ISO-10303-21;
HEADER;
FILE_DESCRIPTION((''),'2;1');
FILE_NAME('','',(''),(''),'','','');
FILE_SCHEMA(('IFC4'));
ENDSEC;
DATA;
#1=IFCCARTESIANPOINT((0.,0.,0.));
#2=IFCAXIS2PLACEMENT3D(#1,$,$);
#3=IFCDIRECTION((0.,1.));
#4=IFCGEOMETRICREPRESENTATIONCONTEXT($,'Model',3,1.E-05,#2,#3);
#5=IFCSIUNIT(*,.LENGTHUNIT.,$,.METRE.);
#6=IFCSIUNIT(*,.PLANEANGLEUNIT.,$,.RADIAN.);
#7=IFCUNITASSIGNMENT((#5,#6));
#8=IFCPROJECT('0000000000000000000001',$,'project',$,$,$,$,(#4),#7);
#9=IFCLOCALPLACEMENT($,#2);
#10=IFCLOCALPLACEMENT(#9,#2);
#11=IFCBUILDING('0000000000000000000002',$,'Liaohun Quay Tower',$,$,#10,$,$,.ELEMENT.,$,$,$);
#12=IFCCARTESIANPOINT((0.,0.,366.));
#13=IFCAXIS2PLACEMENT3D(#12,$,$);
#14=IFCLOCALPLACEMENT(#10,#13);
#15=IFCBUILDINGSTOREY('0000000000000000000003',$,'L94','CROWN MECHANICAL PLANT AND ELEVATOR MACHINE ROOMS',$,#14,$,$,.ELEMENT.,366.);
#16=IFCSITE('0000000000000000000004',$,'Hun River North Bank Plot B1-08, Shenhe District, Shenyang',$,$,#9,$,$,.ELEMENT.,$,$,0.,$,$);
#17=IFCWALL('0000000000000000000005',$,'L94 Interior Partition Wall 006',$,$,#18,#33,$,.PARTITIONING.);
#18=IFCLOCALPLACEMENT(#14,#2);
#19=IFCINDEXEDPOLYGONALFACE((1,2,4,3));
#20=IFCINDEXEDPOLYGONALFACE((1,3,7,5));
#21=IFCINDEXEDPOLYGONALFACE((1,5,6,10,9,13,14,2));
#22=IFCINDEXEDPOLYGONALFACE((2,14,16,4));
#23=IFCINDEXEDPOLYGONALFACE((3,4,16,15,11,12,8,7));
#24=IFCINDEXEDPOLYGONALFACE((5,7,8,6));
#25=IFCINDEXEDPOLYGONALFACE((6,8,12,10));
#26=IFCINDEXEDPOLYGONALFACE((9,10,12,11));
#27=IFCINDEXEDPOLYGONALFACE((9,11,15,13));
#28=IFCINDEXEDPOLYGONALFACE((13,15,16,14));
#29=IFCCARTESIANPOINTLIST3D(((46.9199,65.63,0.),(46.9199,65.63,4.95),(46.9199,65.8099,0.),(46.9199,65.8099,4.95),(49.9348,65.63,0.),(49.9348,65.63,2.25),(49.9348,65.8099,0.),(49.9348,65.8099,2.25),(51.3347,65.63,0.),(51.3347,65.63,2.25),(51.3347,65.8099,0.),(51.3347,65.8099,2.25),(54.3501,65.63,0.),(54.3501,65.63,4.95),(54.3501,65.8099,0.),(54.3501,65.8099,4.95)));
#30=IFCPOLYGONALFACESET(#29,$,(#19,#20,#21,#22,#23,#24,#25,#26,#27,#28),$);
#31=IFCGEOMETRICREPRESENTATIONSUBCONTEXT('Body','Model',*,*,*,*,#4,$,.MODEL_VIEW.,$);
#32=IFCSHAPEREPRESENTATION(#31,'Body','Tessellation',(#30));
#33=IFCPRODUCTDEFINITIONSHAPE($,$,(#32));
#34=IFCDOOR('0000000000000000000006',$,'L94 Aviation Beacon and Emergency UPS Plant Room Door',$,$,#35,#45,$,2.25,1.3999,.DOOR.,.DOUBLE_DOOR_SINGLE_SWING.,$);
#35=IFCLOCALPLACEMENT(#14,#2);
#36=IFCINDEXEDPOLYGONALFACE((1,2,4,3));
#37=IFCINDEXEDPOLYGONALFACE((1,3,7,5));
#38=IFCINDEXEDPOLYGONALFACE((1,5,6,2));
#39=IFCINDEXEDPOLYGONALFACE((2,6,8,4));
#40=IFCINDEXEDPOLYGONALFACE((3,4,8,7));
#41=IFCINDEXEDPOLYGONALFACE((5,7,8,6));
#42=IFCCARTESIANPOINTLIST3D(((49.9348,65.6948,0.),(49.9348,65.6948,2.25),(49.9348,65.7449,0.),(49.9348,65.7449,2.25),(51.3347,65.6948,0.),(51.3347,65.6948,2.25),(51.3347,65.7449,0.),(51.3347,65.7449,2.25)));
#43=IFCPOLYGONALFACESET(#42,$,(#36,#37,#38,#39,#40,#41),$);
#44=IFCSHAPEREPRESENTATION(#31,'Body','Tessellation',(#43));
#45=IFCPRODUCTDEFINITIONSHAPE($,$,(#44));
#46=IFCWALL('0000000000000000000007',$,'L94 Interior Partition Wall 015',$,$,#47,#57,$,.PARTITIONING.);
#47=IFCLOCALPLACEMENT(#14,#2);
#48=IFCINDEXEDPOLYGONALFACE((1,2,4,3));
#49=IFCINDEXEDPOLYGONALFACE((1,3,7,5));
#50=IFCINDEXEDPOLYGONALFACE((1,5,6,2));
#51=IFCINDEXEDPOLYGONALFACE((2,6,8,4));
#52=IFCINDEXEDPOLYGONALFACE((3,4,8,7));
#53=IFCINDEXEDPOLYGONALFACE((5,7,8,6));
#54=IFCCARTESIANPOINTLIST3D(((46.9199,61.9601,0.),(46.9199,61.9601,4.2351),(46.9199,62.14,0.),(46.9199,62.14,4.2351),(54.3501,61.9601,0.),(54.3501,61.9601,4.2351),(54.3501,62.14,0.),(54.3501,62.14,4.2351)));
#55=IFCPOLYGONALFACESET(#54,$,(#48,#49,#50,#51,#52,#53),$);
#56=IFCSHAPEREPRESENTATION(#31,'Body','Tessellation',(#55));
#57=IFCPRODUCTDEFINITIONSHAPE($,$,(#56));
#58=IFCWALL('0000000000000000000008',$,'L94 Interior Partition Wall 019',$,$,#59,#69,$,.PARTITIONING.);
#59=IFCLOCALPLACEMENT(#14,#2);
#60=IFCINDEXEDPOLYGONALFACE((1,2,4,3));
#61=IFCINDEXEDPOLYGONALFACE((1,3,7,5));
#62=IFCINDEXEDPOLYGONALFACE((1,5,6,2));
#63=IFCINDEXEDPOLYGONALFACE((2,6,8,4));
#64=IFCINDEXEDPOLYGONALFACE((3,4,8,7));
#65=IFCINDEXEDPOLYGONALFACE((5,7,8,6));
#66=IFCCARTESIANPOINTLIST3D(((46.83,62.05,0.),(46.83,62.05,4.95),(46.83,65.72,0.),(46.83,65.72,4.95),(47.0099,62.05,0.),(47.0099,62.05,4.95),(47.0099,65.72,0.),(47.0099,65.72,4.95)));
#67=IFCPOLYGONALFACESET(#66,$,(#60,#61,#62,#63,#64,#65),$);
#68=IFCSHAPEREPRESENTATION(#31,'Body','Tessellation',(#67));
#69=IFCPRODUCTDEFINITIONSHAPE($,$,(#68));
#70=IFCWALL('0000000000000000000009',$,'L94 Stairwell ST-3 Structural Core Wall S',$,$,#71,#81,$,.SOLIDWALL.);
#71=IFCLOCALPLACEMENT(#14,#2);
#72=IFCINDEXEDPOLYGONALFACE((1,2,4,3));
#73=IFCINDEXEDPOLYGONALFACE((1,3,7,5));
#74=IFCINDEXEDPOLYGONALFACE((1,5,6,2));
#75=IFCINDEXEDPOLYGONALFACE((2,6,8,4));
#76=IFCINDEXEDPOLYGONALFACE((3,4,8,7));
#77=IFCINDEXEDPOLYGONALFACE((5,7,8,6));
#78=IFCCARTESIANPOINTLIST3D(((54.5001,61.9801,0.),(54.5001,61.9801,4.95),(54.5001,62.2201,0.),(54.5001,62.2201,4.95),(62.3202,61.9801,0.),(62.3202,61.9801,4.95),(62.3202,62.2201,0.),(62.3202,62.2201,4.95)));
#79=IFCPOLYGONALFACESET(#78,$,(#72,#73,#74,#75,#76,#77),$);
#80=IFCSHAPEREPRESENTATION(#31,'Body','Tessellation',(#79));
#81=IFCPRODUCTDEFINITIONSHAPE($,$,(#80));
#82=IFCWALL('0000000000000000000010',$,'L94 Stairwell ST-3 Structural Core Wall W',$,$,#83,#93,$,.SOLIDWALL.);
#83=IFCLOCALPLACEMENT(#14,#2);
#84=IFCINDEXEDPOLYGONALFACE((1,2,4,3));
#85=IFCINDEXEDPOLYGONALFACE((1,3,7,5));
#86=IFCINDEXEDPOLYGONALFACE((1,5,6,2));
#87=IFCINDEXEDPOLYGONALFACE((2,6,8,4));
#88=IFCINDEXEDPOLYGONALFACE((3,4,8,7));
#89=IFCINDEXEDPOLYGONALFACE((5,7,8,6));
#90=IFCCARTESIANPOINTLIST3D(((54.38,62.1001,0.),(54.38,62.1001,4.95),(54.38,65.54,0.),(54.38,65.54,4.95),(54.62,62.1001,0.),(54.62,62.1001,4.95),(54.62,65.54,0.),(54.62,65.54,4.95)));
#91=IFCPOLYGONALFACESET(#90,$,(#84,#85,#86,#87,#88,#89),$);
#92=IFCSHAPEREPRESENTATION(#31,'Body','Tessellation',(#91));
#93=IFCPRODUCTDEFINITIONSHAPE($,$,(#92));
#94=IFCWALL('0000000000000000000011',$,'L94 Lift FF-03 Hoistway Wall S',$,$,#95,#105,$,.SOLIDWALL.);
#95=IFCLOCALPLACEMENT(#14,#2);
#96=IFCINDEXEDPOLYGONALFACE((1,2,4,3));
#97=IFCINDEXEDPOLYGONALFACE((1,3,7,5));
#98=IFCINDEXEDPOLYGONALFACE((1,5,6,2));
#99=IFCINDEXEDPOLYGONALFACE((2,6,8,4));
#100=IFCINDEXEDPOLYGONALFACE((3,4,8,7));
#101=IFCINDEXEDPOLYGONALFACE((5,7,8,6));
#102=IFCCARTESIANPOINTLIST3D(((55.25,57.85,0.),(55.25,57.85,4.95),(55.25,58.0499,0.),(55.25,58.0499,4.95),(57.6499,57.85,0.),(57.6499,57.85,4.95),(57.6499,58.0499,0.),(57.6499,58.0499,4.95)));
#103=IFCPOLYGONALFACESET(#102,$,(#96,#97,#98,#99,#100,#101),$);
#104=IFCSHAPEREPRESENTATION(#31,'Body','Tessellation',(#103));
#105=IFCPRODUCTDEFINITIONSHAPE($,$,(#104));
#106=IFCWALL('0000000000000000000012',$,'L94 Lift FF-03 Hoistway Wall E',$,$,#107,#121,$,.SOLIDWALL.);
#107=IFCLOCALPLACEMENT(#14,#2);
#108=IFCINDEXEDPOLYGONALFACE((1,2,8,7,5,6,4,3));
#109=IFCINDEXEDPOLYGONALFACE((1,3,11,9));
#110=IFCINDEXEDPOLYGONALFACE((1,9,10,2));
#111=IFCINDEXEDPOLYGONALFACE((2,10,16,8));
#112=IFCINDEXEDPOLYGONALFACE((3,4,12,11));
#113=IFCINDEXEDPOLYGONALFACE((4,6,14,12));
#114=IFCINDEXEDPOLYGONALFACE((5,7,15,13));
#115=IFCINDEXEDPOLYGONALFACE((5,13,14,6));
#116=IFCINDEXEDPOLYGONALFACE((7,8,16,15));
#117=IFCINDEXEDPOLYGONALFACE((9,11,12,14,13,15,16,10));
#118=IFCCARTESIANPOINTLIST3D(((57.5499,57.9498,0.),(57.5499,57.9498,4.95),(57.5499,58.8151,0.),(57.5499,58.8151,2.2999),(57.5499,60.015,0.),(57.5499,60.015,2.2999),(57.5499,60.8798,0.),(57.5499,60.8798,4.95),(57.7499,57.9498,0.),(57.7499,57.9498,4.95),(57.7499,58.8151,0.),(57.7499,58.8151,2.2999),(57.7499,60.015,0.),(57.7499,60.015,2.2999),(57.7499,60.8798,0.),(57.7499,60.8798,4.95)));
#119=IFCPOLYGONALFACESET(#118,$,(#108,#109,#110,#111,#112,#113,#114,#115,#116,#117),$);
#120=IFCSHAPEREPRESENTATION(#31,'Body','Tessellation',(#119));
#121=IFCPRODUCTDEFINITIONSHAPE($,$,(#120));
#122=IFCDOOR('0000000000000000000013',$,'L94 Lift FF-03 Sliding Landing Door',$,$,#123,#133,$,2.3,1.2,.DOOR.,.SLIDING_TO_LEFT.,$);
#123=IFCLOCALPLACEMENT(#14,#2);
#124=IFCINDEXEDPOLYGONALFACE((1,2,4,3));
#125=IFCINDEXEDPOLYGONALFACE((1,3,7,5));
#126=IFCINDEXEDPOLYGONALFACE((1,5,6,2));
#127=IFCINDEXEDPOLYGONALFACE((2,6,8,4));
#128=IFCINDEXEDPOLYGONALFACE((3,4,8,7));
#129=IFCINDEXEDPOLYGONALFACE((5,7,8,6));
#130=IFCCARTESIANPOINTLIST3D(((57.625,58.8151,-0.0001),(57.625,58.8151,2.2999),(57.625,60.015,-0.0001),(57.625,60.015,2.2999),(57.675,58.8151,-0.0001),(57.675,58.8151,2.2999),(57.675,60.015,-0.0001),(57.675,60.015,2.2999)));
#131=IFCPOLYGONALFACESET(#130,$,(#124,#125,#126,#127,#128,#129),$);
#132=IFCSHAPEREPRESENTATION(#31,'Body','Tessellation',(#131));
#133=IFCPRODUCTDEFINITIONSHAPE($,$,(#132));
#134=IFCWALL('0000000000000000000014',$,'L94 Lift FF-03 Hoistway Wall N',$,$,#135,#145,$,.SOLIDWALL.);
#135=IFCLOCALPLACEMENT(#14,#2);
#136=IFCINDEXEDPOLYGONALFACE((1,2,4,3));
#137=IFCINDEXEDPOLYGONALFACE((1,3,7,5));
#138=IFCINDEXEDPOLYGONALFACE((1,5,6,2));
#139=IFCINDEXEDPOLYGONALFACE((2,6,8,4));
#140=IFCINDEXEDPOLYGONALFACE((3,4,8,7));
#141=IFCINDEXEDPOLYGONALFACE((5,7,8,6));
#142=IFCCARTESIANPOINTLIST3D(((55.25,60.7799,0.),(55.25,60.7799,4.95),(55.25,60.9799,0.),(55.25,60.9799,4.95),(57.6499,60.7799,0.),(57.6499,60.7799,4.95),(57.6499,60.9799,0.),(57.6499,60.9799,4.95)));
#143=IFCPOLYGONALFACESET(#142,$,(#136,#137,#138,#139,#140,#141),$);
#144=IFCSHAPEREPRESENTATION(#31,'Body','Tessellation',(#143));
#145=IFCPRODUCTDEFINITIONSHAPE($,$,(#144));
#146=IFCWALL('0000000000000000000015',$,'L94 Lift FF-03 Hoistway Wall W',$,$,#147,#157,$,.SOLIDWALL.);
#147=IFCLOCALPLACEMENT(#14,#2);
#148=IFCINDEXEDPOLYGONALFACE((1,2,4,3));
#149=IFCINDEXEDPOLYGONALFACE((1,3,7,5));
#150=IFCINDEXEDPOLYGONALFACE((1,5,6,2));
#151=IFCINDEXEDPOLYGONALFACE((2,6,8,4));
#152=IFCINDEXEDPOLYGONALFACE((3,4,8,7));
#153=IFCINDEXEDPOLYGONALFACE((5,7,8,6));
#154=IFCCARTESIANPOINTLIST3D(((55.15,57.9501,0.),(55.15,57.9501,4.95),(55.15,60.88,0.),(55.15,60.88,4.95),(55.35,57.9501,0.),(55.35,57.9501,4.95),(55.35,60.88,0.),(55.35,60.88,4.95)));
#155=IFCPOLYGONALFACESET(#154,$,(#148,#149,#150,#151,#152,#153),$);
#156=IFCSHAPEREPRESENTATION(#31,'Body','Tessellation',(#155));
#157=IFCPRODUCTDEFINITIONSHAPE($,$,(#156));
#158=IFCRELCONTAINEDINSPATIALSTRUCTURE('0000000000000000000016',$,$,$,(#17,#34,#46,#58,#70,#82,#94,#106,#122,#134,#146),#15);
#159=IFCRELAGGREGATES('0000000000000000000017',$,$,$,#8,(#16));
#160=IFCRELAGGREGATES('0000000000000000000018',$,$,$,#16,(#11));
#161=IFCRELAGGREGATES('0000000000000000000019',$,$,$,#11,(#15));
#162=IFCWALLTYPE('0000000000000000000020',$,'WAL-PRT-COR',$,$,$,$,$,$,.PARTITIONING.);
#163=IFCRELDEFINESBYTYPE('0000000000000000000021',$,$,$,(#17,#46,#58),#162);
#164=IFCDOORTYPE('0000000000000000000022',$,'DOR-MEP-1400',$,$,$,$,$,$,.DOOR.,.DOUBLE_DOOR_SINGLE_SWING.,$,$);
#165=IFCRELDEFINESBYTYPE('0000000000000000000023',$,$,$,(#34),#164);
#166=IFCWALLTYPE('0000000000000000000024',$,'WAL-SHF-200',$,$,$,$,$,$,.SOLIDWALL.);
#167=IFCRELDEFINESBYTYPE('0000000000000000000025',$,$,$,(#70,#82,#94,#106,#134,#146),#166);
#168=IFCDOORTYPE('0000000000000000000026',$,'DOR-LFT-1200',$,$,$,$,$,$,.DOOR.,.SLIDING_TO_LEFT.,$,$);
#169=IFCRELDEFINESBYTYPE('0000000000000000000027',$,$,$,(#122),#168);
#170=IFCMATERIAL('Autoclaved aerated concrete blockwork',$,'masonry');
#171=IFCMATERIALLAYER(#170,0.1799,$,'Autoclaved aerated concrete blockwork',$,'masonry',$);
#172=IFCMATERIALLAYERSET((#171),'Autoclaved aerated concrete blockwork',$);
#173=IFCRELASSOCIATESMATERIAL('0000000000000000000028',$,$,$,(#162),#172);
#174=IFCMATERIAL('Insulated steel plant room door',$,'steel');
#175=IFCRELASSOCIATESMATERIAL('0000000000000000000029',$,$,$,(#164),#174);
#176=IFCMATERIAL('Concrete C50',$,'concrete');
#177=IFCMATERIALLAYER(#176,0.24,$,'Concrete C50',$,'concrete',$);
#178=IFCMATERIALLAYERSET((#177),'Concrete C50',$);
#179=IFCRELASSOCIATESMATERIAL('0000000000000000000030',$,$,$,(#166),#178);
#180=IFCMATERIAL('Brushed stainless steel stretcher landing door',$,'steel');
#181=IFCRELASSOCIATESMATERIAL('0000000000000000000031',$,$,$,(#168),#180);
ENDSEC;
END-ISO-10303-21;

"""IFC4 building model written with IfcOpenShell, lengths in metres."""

from ifc_helpers import new_model, si_unit, direction, frame, frame_2d, origin, place, context, subcontext, project, spatial, rectangle, extrude, source, transform, mapped, material, layer, layer_set, type_object, element, fill, save


model = new_model("IFC4")

# Units and contexts
model_context = context("Model", 3, precision=1e-05, world=origin(), true_north=direction((0.0, 1.0)))
body_context = subcontext(model_context, "Body", "Model", "MODEL_VIEW")
ifc_project = project(units=[si_unit("LENGTHUNIT", "METRE"), si_unit("PLANEANGLEUNIT", "RADIAN")], contexts=[model_context])

# Site, building, storey
site_placement = place(None, origin())
site = spatial("IfcSite", under=ifc_project, at=site_placement, Name="Hun River North Bank Plot B1-08, Shenhe District, Shenyang", CompositionType="ELEMENT", RefElevation=0.0)
building_placement = place(site_placement, origin())
building = spatial("IfcBuilding", under=site, at=building_placement, Name="Liaohun Quay Tower", CompositionType="ELEMENT")
storey_placement = place(building_placement, frame((0.0, 0.0, 366.0)))
storey = spatial("IfcBuildingStorey", under=building, at=storey_placement, Name="L94", Description="CROWN MECHANICAL PLANT AND ELEVATOR MACHINE ROOMS", CompositionType="ELEMENT", Elevation=366.0)

# Shared definitions
ifc_material_1 = material(Name="Concrete C50", Category="concrete")

# Wall, opening, door
ifc_material_2 = material(Name="Autoclaved aerated concrete blockwork", Category="masonry")
ifc_layer_1 = layer(ifc_material_2, 0.1799, Name="Autoclaved aerated concrete blockwork", Category="masonry")
ifc_layer_set_1 = layer_set([ifc_layer_1], Name="Autoclaved aerated concrete blockwork")
wall_type_1 = type_object("IfcWallType", Name="WAL-PRT-COR", PredefinedType="PARTITIONING", material=ifc_layer_set_1)
wall_1_placement = place(storey_placement, frame((46.9199, 65.72, 0.0), z_axis=(0.0, 0.0, 1.0), x_axis=(1.0, 0.0, 0.0)))
wall_1 = element("IfcWall", 1, at=wall_1_placement, inside=storey, type_object=wall_type_1, Name="L94 Interior Partition Wall 006", PredefinedType="PARTITIONING", context=body_context, shape_type="SweptSolid", body=[
    extrude(rectangle(XDim=7.4302, YDim=0.1799, at=frame_2d((3.7151, 0.0))), origin(), (0.0, 0.0, 1.0), 4.95),
])
shared_shape_1 = source(origin(), body_context, "Body", "SweptSolid", [
    extrude(rectangle(XDim=1.3999, YDim=2.25, at=frame_2d((0.7, 1.125))), frame((0.0, 0.0999, 0.0), z_axis=(0.0, -1.0, 0.0), x_axis=(1.0, 0.0, 0.0)), (0.0, 0.0, 1.0), 0.2),
])
opening_1_placement = place(wall_1_placement, frame((3.0149, 0.0, 0.0)))
opening_1 = element("IfcOpeningElement", 2, at=opening_1_placement, cuts=wall_1, PredefinedType="OPENING", context=body_context, shape_type="MappedRepresentation", body=[
    mapped(shared_shape_1, transform((0.0, 0.0, 0.0), x_axis=(1.0, 0.0, 0.0), y_axis=(0.0, 1.0, 0.0), z_axis=(0.0, 0.0, 1.0), scale=1.0)),
])
ifc_material_3 = material(Name="Insulated steel plant room door", Category="steel")
door_type_1 = type_object("IfcDoorType", Name="DOR-MEP-1400", OperationType="DOUBLE_DOOR_SINGLE_SWING", PredefinedType="DOOR", material=ifc_material_3)
shared_shape_2 = source(origin(), body_context, "Body", "SweptSolid", [
    extrude(rectangle(XDim=1.3999, YDim=2.25, at=frame_2d((0.7, 1.125))), frame((0.0, 0.0249, 0.0), z_axis=(0.0, -1.0, 0.0), x_axis=(1.0, 0.0, 0.0)), (0.0, 0.0, 1.0), 0.05),
])
door_1_placement = place(opening_1_placement, origin())
door_1 = element("IfcDoor", 3, at=door_1_placement, inside=storey, type_object=door_type_1, Name="L94 Aviation Beacon and Emergency UPS Plant Room Door", OperationType="DOUBLE_DOOR_SINGLE_SWING", OverallHeight=2.25, OverallWidth=1.3999, PredefinedType="DOOR", context=body_context, shape_type="MappedRepresentation", body=[
    mapped(shared_shape_2, transform((0.0, 0.0, 0.0), x_axis=(1.0, 0.0, 0.0), y_axis=(0.0, 1.0, 0.0), z_axis=(0.0, 0.0, 1.0), scale=1.0)),
])
fill(opening_1, door_1)

# Walls
wall_2_placement = place(storey_placement, frame((46.9199, 62.05, 0.0), z_axis=(0.0, 0.0, 1.0), x_axis=(1.0, 0.0, 0.0)))
element("IfcWall", 4, at=wall_2_placement, inside=storey, type_object=wall_type_1, Name="L94 Interior Partition Wall 015", PredefinedType="PARTITIONING", context=body_context, shape_type="SweptSolid", body=[
    extrude(rectangle(XDim=7.4302, YDim=0.1799, at=frame_2d((3.7151, 0.0))), origin(), (0.0, 0.0, 1.0), 4.2351),
])
wall_3_placement = place(storey_placement, frame((46.9199, 62.05, 0.0), z_axis=(0.0, 0.0, 1.0), x_axis=(0.0, 1.0, 0.0)))
element("IfcWall", 5, at=wall_3_placement, inside=storey, type_object=wall_type_1, Name="L94 Interior Partition Wall 019", PredefinedType="PARTITIONING", context=body_context, shape_type="SweptSolid", body=[
    extrude(rectangle(XDim=3.6699, YDim=0.1799, at=frame_2d((1.835, 0.0))), origin(), (0.0, 0.0, 1.0), 4.95),
])
ifc_layer_2 = layer(ifc_material_1, 0.24, Name="Concrete C50", Category="concrete")
ifc_layer_set_2 = layer_set([ifc_layer_2], Name="Concrete C50")
wall_type_2 = type_object("IfcWallType", Name="WAL-SHF-200", PredefinedType="SOLIDWALL", material=ifc_layer_set_2)
wall_4_placement = place(storey_placement, frame((54.5, 62.1001, 0.0), z_axis=(0.0, 0.0, 1.0), x_axis=(1.0, 0.0, 0.0)))
element("IfcWall", 6, at=wall_4_placement, inside=storey, type_object=wall_type_2, Name="L94 Stairwell ST-3 Structural Core Wall S", PredefinedType="SOLIDWALL", context=body_context, shape_type="SweptSolid", body=[
    extrude(rectangle(XDim=7.8201, YDim=0.24, at=frame_2d((3.9102, 0.0))), origin(), (0.0, 0.0, 1.0), 4.95),
])
wall_5_placement = place(storey_placement, frame((54.5, 65.54, 0.0), z_axis=(0.0, 0.0, 1.0), x_axis=(0.0, -1.0, 0.0)))
element("IfcWall", 7, at=wall_5_placement, inside=storey, type_object=wall_type_2, Name="L94 Stairwell ST-3 Structural Core Wall W", PredefinedType="SOLIDWALL", context=body_context, shape_type="SweptSolid", body=[
    extrude(rectangle(XDim=3.4399, YDim=0.24, at=frame_2d((1.72, 0.0))), origin(), (0.0, 0.0, 1.0), 4.95),
])
wall_6_placement = place(storey_placement, frame((55.25, 57.95, 0.0), z_axis=(0.0, 0.0, 1.0), x_axis=(1.0, 0.0, 0.0)))
element("IfcWall", 8, at=wall_6_placement, inside=storey, type_object=wall_type_2, Name="L94 Lift FF-03 Hoistway Wall S", PredefinedType="SOLIDWALL", context=body_context, shape_type="SweptSolid", body=[
    extrude(rectangle(XDim=2.3999, YDim=0.2, at=frame_2d((1.2, 0.0))), origin(), (0.0, 0.0, 1.0), 4.95),
])

# Wall, opening, door
wall_7_placement = place(storey_placement, frame((57.6499, 57.95, 0.0), z_axis=(0.0, 0.0, 1.0), x_axis=(0.0, 1.0, 0.0)))
wall_7 = element("IfcWall", 9, at=wall_7_placement, inside=storey, type_object=wall_type_2, Name="L94 Lift FF-03 Hoistway Wall E", PredefinedType="SOLIDWALL", context=body_context, shape_type="SweptSolid", body=[
    extrude(rectangle(XDim=2.9299, YDim=0.2, at=frame_2d((1.4648, 0.0))), origin(), (0.0, 0.0, 1.0), 4.95),
])
shared_shape_3 = source(origin(), body_context, "Body", "SweptSolid", [
    extrude(rectangle(XDim=1.2, YDim=2.3, at=frame_2d((0.6001, 1.1499))), frame((0.0, 0.1099, 0.0), z_axis=(0.0, -1.0, 0.0), x_axis=(1.0, 0.0, 0.0)), (0.0, 0.0, 1.0), 0.22),
])
opening_2_placement = place(wall_7_placement, frame((0.865, 0.0, 0.0)))
opening_2 = element("IfcOpeningElement", 10, at=opening_2_placement, cuts=wall_7, PredefinedType="OPENING", context=body_context, shape_type="MappedRepresentation", body=[
    mapped(shared_shape_3, transform((0.0, 0.0, 0.0), x_axis=(1.0, 0.0, 0.0), y_axis=(0.0, 1.0, 0.0), z_axis=(0.0, 0.0, 1.0), scale=1.0)),
])
ifc_material_4 = material(Name="Brushed stainless steel stretcher landing door", Category="steel")
door_type_2 = type_object("IfcDoorType", Name="DOR-LFT-1200", OperationType="SLIDING_TO_LEFT", PredefinedType="DOOR", material=ifc_material_4)
shared_shape_4 = source(origin(), body_context, "Body", "SweptSolid", [
    extrude(rectangle(XDim=1.2, YDim=2.3, at=frame_2d((0.6001, 1.1499))), frame((0.0, 0.0249, 0.0), z_axis=(0.0, -1.0, 0.0), x_axis=(1.0, 0.0, 0.0)), (0.0, 0.0, 1.0), 0.05),
])
door_2_placement = place(opening_2_placement, origin())
door_2 = element("IfcDoor", 11, at=door_2_placement, inside=storey, type_object=door_type_2, Name="L94 Lift FF-03 Sliding Landing Door", OperationType="SLIDING_TO_LEFT", OverallHeight=2.3, OverallWidth=1.2, PredefinedType="DOOR", context=body_context, shape_type="MappedRepresentation", body=[
    mapped(shared_shape_4, transform((0.0, 0.0, 0.0), x_axis=(1.0, 0.0, 0.0), y_axis=(0.0, 1.0, 0.0), z_axis=(0.0, 0.0, 1.0), scale=1.0)),
])
fill(opening_2, door_2)

# Walls
wall_8_placement = place(storey_placement, frame((57.6499, 60.8799, 0.0), z_axis=(0.0, 0.0, 1.0), x_axis=(-1.0, 0.0, 0.0)))
element("IfcWall", 12, at=wall_8_placement, inside=storey, type_object=wall_type_2, Name="L94 Lift FF-03 Hoistway Wall N", PredefinedType="SOLIDWALL", context=body_context, shape_type="SweptSolid", body=[
    extrude(rectangle(XDim=2.3999, YDim=0.2, at=frame_2d((1.2, 0.0))), origin(), (0.0, 0.0, 1.0), 4.95),
])
wall_9_placement = place(storey_placement, frame((55.25, 60.8799, 0.0), z_axis=(0.0, 0.0, 1.0), x_axis=(0.0, -1.0, 0.0)))
element("IfcWall", 13, at=wall_9_placement, inside=storey, type_object=wall_type_2, Name="L94 Lift FF-03 Hoistway Wall W", PredefinedType="SOLIDWALL", context=body_context, shape_type="SweptSolid", body=[
    extrude(rectangle(XDim=2.9299, YDim=0.2, at=frame_2d((1.4648, 0.0))), origin(), (0.0, 0.0, 1.0), 4.95),
])

save(model, "model.ifc")
